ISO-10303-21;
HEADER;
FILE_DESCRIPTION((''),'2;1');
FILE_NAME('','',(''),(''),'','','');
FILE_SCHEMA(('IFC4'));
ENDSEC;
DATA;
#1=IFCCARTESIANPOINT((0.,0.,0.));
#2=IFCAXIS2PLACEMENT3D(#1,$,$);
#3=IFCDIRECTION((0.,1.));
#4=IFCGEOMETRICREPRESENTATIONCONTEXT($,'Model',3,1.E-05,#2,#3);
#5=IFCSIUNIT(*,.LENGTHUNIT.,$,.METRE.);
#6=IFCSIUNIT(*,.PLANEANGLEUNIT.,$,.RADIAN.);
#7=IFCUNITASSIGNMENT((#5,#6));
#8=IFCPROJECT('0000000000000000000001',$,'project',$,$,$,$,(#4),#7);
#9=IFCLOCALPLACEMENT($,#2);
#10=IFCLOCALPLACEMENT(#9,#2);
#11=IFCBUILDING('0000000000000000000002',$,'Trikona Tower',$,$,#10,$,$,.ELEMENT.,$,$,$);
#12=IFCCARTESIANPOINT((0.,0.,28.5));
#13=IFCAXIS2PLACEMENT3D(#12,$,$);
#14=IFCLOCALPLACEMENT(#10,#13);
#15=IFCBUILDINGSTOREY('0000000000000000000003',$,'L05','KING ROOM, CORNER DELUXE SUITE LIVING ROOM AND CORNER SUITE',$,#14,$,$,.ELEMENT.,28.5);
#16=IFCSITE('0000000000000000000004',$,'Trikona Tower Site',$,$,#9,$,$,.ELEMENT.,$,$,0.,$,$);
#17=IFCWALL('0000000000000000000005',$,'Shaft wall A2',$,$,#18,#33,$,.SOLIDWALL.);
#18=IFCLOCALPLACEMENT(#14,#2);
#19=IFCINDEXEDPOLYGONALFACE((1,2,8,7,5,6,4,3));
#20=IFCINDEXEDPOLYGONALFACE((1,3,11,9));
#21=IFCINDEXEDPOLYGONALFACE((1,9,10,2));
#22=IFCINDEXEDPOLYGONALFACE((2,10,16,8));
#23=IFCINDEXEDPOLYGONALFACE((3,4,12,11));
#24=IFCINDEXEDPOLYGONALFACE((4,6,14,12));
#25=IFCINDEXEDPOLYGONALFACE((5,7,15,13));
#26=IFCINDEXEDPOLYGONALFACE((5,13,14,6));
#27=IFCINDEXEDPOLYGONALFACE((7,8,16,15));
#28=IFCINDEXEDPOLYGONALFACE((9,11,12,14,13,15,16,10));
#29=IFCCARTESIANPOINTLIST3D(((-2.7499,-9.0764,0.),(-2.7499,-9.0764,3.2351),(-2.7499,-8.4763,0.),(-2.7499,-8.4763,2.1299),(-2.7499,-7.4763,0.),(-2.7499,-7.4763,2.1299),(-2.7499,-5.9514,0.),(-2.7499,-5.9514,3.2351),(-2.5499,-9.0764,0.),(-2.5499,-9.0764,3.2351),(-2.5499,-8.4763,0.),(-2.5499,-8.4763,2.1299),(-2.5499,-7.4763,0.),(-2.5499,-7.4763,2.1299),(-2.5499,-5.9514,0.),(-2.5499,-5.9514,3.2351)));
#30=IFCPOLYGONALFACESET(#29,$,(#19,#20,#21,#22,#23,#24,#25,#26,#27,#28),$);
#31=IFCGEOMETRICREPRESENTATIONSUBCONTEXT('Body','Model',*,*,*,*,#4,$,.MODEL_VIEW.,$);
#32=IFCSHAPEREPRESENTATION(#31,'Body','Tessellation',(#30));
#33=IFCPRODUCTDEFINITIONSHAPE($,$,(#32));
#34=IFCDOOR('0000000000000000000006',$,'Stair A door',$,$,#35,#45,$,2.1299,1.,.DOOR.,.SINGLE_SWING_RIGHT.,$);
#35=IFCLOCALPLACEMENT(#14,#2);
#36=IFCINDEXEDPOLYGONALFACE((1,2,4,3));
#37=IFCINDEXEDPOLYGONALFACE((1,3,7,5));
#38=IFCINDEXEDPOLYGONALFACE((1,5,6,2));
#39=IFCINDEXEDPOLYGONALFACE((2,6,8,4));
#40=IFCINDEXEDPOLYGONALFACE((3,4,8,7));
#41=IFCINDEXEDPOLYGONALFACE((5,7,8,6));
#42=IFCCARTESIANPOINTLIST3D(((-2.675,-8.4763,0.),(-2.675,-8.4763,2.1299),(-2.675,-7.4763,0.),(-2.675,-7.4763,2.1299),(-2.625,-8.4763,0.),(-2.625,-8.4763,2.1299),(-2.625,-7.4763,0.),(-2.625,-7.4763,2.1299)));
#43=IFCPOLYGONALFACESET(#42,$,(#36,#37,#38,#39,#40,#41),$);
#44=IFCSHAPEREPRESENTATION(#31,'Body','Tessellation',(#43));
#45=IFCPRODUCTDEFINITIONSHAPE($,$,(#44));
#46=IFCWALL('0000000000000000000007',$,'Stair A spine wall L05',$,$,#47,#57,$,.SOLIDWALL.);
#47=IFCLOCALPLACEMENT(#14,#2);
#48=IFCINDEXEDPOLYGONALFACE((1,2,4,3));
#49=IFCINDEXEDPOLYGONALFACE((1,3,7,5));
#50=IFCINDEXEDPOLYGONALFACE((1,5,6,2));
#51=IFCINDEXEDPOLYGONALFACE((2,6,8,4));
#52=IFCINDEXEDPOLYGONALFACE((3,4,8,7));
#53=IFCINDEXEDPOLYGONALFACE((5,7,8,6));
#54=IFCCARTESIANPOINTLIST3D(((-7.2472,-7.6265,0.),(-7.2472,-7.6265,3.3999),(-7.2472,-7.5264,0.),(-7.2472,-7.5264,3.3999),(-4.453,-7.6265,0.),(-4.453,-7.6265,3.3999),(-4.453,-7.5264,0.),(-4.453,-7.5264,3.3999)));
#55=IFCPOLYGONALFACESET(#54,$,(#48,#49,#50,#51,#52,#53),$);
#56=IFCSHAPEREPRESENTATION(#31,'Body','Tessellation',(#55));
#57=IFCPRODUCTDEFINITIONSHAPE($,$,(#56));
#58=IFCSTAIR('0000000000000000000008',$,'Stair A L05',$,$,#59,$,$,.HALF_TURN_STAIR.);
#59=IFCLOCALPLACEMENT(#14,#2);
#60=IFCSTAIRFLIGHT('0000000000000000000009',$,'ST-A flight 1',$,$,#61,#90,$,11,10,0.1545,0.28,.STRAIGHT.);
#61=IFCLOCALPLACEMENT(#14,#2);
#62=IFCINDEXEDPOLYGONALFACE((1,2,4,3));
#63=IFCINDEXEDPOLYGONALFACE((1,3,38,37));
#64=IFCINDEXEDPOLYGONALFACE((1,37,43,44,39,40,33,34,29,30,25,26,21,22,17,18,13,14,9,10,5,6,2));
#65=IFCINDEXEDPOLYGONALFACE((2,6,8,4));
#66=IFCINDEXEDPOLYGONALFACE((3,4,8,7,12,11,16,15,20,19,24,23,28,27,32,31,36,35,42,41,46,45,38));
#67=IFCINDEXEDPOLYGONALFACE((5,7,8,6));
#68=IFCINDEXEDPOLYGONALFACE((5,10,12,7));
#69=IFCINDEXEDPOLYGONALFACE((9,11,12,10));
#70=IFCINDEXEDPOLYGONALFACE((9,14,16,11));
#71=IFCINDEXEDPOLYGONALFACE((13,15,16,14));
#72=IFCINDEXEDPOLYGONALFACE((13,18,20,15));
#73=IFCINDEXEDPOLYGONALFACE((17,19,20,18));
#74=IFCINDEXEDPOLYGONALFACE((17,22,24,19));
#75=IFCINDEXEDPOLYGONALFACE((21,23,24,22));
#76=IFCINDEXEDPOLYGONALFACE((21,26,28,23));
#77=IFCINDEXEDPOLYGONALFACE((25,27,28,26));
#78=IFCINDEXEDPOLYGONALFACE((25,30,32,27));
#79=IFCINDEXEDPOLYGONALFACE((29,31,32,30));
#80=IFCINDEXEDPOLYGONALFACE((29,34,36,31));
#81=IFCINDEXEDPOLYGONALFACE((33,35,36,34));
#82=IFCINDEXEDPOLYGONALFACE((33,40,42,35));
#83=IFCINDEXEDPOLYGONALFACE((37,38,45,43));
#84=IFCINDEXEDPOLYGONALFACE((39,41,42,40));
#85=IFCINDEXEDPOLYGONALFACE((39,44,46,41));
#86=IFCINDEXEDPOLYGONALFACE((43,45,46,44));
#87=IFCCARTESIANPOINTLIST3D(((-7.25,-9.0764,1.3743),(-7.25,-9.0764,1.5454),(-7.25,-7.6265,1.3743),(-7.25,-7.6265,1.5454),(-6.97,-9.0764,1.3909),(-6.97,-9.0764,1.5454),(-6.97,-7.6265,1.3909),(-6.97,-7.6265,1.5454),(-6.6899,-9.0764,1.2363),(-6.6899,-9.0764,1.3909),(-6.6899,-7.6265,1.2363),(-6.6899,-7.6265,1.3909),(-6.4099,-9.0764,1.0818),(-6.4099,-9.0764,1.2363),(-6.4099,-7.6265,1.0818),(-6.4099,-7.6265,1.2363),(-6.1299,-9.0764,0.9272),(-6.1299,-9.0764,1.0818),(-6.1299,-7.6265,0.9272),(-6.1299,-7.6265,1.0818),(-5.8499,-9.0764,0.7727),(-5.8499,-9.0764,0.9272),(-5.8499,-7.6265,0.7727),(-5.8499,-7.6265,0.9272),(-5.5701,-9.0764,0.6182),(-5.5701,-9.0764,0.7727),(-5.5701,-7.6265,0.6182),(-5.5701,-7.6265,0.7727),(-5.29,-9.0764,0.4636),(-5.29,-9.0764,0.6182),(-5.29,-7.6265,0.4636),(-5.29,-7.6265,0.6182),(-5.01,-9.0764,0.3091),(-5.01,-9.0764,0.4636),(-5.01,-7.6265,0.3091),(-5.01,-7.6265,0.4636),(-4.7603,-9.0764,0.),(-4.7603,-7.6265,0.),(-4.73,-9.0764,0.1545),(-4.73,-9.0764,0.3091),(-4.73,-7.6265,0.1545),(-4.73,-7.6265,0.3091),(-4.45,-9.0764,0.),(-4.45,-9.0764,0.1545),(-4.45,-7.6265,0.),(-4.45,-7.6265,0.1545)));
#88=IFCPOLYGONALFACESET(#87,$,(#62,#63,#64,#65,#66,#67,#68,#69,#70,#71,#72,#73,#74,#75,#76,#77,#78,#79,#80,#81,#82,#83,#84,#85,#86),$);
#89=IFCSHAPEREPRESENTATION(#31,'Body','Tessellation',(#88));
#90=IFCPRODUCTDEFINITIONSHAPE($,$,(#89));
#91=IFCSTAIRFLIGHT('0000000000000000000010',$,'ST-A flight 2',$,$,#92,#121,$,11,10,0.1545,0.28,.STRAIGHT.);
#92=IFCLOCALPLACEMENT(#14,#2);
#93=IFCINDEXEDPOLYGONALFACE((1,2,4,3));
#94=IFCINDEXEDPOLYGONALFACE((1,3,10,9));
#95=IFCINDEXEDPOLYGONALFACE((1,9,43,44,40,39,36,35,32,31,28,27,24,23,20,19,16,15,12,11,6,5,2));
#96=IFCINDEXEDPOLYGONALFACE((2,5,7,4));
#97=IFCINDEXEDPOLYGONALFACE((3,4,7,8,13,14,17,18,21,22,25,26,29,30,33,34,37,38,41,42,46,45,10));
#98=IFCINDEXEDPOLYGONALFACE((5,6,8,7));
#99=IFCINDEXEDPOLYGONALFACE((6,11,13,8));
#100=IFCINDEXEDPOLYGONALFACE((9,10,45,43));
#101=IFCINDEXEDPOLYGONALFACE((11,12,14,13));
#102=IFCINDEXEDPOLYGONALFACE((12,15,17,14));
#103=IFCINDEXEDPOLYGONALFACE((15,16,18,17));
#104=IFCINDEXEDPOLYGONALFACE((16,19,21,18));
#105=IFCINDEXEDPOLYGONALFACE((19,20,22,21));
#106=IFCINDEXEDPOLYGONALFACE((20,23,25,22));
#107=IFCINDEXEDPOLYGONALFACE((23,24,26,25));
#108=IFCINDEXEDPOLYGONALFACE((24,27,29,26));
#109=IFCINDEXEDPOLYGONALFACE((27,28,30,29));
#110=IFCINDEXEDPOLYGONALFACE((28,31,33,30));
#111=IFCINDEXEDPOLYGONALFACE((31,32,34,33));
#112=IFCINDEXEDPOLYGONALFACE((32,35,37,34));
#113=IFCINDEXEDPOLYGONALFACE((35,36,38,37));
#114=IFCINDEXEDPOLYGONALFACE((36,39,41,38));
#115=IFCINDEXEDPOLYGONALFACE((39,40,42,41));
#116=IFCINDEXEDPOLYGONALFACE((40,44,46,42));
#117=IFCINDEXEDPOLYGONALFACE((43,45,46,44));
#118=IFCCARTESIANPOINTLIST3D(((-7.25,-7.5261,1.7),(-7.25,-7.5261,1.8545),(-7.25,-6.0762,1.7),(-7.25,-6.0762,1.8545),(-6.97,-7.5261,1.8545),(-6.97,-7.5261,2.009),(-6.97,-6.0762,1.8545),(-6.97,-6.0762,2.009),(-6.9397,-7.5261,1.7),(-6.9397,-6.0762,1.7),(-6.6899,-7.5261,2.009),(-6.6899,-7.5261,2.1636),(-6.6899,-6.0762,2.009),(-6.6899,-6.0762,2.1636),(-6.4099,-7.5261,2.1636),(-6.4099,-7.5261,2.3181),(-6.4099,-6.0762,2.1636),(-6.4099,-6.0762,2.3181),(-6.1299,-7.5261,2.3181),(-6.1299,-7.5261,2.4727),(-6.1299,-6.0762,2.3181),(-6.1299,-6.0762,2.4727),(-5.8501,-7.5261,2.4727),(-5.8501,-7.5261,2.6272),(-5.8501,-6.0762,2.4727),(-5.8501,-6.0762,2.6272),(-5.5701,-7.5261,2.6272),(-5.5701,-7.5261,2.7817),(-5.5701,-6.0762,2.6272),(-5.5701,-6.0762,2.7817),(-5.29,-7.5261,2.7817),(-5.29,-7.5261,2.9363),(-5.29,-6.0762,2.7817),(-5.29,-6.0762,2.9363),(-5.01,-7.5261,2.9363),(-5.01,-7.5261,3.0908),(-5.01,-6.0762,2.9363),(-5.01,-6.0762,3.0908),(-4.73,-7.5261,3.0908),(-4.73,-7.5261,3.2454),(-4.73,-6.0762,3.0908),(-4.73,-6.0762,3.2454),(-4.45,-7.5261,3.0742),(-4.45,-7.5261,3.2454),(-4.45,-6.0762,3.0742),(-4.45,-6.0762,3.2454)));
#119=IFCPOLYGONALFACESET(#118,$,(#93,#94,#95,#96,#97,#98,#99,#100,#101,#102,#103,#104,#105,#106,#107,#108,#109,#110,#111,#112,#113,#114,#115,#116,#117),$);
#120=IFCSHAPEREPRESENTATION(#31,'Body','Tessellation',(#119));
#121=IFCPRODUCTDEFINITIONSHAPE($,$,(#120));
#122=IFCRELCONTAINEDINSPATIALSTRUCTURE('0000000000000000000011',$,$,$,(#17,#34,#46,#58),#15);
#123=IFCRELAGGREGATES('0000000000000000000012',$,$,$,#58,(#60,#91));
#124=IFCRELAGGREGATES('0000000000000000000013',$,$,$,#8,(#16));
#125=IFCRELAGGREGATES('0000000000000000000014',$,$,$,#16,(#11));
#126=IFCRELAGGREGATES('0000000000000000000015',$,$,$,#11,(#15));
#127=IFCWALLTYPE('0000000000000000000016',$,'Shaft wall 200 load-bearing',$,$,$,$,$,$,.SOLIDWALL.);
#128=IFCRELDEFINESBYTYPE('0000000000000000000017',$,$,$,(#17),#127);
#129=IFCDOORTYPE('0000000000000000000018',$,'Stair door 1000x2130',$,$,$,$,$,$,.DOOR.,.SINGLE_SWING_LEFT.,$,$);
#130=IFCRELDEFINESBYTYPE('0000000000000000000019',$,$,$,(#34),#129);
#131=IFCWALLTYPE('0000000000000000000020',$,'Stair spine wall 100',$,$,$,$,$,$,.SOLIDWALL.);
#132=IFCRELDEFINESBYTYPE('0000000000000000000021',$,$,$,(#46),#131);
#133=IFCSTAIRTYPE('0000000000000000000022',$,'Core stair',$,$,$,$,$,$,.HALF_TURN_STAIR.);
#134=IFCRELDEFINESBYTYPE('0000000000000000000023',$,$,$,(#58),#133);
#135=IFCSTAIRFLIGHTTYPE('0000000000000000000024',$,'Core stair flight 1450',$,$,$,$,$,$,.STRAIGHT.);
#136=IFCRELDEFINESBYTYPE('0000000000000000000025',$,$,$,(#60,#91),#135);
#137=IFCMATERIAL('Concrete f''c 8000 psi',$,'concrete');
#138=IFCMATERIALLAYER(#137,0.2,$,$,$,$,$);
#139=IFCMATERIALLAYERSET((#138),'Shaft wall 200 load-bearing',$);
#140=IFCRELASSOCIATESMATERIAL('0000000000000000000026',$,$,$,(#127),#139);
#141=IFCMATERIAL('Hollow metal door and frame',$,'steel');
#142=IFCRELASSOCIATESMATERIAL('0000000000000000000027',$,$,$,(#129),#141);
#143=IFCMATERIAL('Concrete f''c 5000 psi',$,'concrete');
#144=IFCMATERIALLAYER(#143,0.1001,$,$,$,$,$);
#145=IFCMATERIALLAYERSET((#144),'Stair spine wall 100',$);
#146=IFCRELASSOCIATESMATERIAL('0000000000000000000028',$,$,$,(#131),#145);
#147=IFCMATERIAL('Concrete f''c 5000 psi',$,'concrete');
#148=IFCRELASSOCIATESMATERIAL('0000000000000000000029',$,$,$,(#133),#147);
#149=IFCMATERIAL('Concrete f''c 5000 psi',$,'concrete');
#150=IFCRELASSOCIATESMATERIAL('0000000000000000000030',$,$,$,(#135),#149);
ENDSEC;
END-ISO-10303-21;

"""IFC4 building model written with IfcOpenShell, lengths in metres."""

from ifc_helpers import new_model, si_unit, direction, frame, frame_2d, origin, place, context, subcontext, project, spatial, polyline, rectangle, outline, extrude, material, layer, layer_set, type_object, element, fill, aggregate, save


model = new_model("IFC4")

# Units and contexts
model_context = context("Model", 3, precision=1e-05, world=origin(), true_north=direction((0.0, 1.0)))
body_context = subcontext(model_context, "Body", "Model", "MODEL_VIEW")
ifc_project = project(units=[si_unit("LENGTHUNIT", "METRE"), si_unit("PLANEANGLEUNIT", "RADIAN")], contexts=[model_context])

# Site, building, storey
site_placement = place(None, origin())
site = spatial("IfcSite", under=ifc_project, at=site_placement, Name="Trikona Tower Site", CompositionType="ELEMENT", RefElevation=0.0)
building_placement = place(site_placement, origin())
building = spatial("IfcBuilding", under=site, at=building_placement, Name="Trikona Tower", CompositionType="ELEMENT")
storey_placement = place(building_placement, frame((0.0, 0.0, 28.5)))
storey = spatial("IfcBuildingStorey", under=building, at=storey_placement, Name="L05", Description="KING ROOM, CORNER DELUXE SUITE LIVING ROOM AND CORNER SUITE", CompositionType="ELEMENT", Elevation=28.5)

# Shared definitions
ifc_material_1 = material(Name="Concrete f'c 8000 psi", Category="concrete")
ifc_layer_1 = layer(ifc_material_1, 0.2)
ifc_layer_set_1 = layer_set([ifc_layer_1], Name="Shaft wall 200 load-bearing")
wall_type_1 = type_object("IfcWallType", Name="Shaft wall 200 load-bearing", PredefinedType="SOLIDWALL", material=ifc_layer_set_1)

# Wall, opening, door
wall_1_placement = place(storey_placement, frame((-2.6499, -5.9514, 0.0), z_axis=(0.0, 0.0, 1.0), x_axis=(0.0, -1.0, 0.0)))
wall_1 = element("IfcWall", 1, at=wall_1_placement, inside=storey, type_object=wall_type_1, Name="Shaft wall A2", PredefinedType="SOLIDWALL", context=body_context, shape_type="SweptSolid", body=[
    extrude(rectangle(XDim=3.125, YDim=0.2, at=frame_2d((1.5625, 0.0))), origin(), (0.0, 0.0, 1.0), 3.2351),
])
opening_1_placement = place(wall_1_placement, frame((1.5249, 0.0, 0.0)))
opening_1 = element("IfcOpeningElement", 2, at=opening_1_placement, cuts=wall_1, PredefinedType="OPENING", context=body_context, shape_type="SweptSolid", body=[
    extrude(rectangle(XDim=1.0, YDim=2.1299, at=frame_2d((0.5, 1.0649))), frame((0.0, 0.1099, 0.0), z_axis=(0.0, -1.0, 0.0), x_axis=(1.0, 0.0, 0.0)), (0.0, 0.0, 1.0), 0.22),
])
ifc_material_2 = material(Name="Hollow metal door and frame", Category="steel")
door_type_1 = type_object("IfcDoorType", Name="Stair door 1000x2130", OperationType="SINGLE_SWING_LEFT", PredefinedType="DOOR", material=ifc_material_2)
door_1_placement = place(opening_1_placement, origin())
door_1 = element("IfcDoor", 3, at=door_1_placement, inside=storey, type_object=door_type_1, Name="Stair A door", OperationType="SINGLE_SWING_RIGHT", OverallHeight=2.1299, OverallWidth=1.0, PredefinedType="DOOR", context=body_context, shape_type="SweptSolid", body=[
    extrude(rectangle(XDim=1.0, YDim=2.1299, at=frame_2d((0.5, 1.0649))), frame((0.0, 0.0249, 0.0), z_axis=(0.0, -1.0, 0.0), x_axis=(1.0, 0.0, 0.0)), (0.0, 0.0, 1.0), 0.05),
])
fill(opening_1, door_1)

# Wall
ifc_material_3 = material(Name="Concrete f'c 5000 psi", Category="concrete")
ifc_layer_2 = layer(ifc_material_3, 0.1001)
ifc_layer_set_2 = layer_set([ifc_layer_2], Name="Stair spine wall 100")
wall_type_2 = type_object("IfcWallType", Name="Stair spine wall 100", PredefinedType="SOLIDWALL", material=ifc_layer_set_2)
wall_2_placement = place(storey_placement, frame((-7.2471, -7.5764, 0.0), z_axis=(0.0, 0.0, 1.0), x_axis=(1.0, 0.0, 0.0)))
element("IfcWall", 4, at=wall_2_placement, inside=storey, type_object=wall_type_2, Name="Stair A spine wall L05", PredefinedType="SOLIDWALL", context=body_context, shape_type="SweptSolid", body=[
    extrude(rectangle(XDim=2.7942, YDim=0.1001, at=frame_2d((1.397, 0.0))), origin(), (0.0, 0.0, 1.0), 3.3999),
])

# Stair, stair flights
ifc_material_4 = material(Name="Concrete f'c 5000 psi", Category="concrete")
stair_type = type_object("IfcStairType", Name="Core stair", PredefinedType="HALF_TURN_STAIR", material=ifc_material_4)
stair_placement = place(storey_placement, origin())
stair = element("IfcStair", 5, at=stair_placement, inside=storey, type_object=stair_type, Name="Stair A L05", PredefinedType="HALF_TURN_STAIR")
ifc_material_5 = material(Name="Concrete f'c 5000 psi", Category="concrete")
stair_flight_type = type_object("IfcStairFlightType", Name="Core stair flight 1450", PredefinedType="STRAIGHT", material=ifc_material_5)
stair_flight_1_placement = place(storey_placement, frame((-4.45, -8.3513, 0.0), z_axis=(0.0, 0.0, 1.0), x_axis=(-1.0, 0.0, 0.0)))
stair_flight_1 = element("IfcStairFlight", 6, at=stair_flight_1_placement, type_object=stair_flight_type, Name="ST-A flight 1", NumberOfRisers=11, NumberOfTreads=10, PredefinedType="STRAIGHT", RiserHeight=0.1545, TreadLength=0.28, context=body_context, shape_type="SweptSolid", body=[
    extrude(outline(polyline([(0.0, 0.0), (0.0, 0.1545), (0.28, 0.1545), (0.28, 0.3091), (0.5601, 0.3091), (0.5601, 0.4636), (0.8401, 0.4636), (0.8401, 0.6182), (1.1201, 0.6182), (1.1201, 0.7727), (1.3999, 0.7727), (1.3999, 0.9272), (1.6799, 0.9272), (1.6799, 1.0818), (1.96, 1.0818), (1.96, 1.2363), (2.24, 1.2363), (2.24, 1.3909), (2.52, 1.3909), (2.52, 1.5454), (2.8, 1.5454), (2.8, 1.7), (2.8, 1.3743), (0.3103, 0.0), (0.0, 0.0)])), frame((0.0, 0.7251, 0.0), z_axis=(0.0, -1.0, 0.0), x_axis=(1.0, 0.0, 0.0)), (0.0, 0.0, 1.0), 1.45),
])
stair_flight_2_placement = place(storey_placement, frame((-7.25, -6.8013, 1.7), z_axis=(0.0, 0.0, 1.0), x_axis=(1.0, 0.0, 0.0)))
stair_flight_2 = element("IfcStairFlight", 7, at=stair_flight_2_placement, type_object=stair_flight_type, Name="ST-A flight 2", NumberOfRisers=11, NumberOfTreads=10, PredefinedType="STRAIGHT", RiserHeight=0.1545, TreadLength=0.28, context=body_context, shape_type="SweptSolid", body=[
    extrude(outline(polyline([(0.0, 0.0), (0.0, 0.1545), (0.28, 0.1545), (0.28, 0.3091), (0.5601, 0.3091), (0.5601, 0.4636), (0.8401, 0.4636), (0.8401, 0.6182), (1.1201, 0.6182), (1.1201, 0.7727), (1.3999, 0.7727), (1.3999, 0.9272), (1.6799, 0.9272), (1.6799, 1.0818), (1.96, 1.0818), (1.96, 1.2363), (2.24, 1.2363), (2.24, 1.3909), (2.52, 1.3909), (2.52, 1.5454), (2.8, 1.5454), (2.8, 1.7), (2.8, 1.3743), (0.3103, 0.0), (0.0, 0.0)])), frame((0.0, 0.7251, 0.0), z_axis=(0.0, -1.0, 0.0), x_axis=(1.0, 0.0, 0.0)), (0.0, 0.0, 1.0), 1.45),
])
aggregate(stair, [stair_flight_1, stair_flight_2])

save(model, "model.ifc")
